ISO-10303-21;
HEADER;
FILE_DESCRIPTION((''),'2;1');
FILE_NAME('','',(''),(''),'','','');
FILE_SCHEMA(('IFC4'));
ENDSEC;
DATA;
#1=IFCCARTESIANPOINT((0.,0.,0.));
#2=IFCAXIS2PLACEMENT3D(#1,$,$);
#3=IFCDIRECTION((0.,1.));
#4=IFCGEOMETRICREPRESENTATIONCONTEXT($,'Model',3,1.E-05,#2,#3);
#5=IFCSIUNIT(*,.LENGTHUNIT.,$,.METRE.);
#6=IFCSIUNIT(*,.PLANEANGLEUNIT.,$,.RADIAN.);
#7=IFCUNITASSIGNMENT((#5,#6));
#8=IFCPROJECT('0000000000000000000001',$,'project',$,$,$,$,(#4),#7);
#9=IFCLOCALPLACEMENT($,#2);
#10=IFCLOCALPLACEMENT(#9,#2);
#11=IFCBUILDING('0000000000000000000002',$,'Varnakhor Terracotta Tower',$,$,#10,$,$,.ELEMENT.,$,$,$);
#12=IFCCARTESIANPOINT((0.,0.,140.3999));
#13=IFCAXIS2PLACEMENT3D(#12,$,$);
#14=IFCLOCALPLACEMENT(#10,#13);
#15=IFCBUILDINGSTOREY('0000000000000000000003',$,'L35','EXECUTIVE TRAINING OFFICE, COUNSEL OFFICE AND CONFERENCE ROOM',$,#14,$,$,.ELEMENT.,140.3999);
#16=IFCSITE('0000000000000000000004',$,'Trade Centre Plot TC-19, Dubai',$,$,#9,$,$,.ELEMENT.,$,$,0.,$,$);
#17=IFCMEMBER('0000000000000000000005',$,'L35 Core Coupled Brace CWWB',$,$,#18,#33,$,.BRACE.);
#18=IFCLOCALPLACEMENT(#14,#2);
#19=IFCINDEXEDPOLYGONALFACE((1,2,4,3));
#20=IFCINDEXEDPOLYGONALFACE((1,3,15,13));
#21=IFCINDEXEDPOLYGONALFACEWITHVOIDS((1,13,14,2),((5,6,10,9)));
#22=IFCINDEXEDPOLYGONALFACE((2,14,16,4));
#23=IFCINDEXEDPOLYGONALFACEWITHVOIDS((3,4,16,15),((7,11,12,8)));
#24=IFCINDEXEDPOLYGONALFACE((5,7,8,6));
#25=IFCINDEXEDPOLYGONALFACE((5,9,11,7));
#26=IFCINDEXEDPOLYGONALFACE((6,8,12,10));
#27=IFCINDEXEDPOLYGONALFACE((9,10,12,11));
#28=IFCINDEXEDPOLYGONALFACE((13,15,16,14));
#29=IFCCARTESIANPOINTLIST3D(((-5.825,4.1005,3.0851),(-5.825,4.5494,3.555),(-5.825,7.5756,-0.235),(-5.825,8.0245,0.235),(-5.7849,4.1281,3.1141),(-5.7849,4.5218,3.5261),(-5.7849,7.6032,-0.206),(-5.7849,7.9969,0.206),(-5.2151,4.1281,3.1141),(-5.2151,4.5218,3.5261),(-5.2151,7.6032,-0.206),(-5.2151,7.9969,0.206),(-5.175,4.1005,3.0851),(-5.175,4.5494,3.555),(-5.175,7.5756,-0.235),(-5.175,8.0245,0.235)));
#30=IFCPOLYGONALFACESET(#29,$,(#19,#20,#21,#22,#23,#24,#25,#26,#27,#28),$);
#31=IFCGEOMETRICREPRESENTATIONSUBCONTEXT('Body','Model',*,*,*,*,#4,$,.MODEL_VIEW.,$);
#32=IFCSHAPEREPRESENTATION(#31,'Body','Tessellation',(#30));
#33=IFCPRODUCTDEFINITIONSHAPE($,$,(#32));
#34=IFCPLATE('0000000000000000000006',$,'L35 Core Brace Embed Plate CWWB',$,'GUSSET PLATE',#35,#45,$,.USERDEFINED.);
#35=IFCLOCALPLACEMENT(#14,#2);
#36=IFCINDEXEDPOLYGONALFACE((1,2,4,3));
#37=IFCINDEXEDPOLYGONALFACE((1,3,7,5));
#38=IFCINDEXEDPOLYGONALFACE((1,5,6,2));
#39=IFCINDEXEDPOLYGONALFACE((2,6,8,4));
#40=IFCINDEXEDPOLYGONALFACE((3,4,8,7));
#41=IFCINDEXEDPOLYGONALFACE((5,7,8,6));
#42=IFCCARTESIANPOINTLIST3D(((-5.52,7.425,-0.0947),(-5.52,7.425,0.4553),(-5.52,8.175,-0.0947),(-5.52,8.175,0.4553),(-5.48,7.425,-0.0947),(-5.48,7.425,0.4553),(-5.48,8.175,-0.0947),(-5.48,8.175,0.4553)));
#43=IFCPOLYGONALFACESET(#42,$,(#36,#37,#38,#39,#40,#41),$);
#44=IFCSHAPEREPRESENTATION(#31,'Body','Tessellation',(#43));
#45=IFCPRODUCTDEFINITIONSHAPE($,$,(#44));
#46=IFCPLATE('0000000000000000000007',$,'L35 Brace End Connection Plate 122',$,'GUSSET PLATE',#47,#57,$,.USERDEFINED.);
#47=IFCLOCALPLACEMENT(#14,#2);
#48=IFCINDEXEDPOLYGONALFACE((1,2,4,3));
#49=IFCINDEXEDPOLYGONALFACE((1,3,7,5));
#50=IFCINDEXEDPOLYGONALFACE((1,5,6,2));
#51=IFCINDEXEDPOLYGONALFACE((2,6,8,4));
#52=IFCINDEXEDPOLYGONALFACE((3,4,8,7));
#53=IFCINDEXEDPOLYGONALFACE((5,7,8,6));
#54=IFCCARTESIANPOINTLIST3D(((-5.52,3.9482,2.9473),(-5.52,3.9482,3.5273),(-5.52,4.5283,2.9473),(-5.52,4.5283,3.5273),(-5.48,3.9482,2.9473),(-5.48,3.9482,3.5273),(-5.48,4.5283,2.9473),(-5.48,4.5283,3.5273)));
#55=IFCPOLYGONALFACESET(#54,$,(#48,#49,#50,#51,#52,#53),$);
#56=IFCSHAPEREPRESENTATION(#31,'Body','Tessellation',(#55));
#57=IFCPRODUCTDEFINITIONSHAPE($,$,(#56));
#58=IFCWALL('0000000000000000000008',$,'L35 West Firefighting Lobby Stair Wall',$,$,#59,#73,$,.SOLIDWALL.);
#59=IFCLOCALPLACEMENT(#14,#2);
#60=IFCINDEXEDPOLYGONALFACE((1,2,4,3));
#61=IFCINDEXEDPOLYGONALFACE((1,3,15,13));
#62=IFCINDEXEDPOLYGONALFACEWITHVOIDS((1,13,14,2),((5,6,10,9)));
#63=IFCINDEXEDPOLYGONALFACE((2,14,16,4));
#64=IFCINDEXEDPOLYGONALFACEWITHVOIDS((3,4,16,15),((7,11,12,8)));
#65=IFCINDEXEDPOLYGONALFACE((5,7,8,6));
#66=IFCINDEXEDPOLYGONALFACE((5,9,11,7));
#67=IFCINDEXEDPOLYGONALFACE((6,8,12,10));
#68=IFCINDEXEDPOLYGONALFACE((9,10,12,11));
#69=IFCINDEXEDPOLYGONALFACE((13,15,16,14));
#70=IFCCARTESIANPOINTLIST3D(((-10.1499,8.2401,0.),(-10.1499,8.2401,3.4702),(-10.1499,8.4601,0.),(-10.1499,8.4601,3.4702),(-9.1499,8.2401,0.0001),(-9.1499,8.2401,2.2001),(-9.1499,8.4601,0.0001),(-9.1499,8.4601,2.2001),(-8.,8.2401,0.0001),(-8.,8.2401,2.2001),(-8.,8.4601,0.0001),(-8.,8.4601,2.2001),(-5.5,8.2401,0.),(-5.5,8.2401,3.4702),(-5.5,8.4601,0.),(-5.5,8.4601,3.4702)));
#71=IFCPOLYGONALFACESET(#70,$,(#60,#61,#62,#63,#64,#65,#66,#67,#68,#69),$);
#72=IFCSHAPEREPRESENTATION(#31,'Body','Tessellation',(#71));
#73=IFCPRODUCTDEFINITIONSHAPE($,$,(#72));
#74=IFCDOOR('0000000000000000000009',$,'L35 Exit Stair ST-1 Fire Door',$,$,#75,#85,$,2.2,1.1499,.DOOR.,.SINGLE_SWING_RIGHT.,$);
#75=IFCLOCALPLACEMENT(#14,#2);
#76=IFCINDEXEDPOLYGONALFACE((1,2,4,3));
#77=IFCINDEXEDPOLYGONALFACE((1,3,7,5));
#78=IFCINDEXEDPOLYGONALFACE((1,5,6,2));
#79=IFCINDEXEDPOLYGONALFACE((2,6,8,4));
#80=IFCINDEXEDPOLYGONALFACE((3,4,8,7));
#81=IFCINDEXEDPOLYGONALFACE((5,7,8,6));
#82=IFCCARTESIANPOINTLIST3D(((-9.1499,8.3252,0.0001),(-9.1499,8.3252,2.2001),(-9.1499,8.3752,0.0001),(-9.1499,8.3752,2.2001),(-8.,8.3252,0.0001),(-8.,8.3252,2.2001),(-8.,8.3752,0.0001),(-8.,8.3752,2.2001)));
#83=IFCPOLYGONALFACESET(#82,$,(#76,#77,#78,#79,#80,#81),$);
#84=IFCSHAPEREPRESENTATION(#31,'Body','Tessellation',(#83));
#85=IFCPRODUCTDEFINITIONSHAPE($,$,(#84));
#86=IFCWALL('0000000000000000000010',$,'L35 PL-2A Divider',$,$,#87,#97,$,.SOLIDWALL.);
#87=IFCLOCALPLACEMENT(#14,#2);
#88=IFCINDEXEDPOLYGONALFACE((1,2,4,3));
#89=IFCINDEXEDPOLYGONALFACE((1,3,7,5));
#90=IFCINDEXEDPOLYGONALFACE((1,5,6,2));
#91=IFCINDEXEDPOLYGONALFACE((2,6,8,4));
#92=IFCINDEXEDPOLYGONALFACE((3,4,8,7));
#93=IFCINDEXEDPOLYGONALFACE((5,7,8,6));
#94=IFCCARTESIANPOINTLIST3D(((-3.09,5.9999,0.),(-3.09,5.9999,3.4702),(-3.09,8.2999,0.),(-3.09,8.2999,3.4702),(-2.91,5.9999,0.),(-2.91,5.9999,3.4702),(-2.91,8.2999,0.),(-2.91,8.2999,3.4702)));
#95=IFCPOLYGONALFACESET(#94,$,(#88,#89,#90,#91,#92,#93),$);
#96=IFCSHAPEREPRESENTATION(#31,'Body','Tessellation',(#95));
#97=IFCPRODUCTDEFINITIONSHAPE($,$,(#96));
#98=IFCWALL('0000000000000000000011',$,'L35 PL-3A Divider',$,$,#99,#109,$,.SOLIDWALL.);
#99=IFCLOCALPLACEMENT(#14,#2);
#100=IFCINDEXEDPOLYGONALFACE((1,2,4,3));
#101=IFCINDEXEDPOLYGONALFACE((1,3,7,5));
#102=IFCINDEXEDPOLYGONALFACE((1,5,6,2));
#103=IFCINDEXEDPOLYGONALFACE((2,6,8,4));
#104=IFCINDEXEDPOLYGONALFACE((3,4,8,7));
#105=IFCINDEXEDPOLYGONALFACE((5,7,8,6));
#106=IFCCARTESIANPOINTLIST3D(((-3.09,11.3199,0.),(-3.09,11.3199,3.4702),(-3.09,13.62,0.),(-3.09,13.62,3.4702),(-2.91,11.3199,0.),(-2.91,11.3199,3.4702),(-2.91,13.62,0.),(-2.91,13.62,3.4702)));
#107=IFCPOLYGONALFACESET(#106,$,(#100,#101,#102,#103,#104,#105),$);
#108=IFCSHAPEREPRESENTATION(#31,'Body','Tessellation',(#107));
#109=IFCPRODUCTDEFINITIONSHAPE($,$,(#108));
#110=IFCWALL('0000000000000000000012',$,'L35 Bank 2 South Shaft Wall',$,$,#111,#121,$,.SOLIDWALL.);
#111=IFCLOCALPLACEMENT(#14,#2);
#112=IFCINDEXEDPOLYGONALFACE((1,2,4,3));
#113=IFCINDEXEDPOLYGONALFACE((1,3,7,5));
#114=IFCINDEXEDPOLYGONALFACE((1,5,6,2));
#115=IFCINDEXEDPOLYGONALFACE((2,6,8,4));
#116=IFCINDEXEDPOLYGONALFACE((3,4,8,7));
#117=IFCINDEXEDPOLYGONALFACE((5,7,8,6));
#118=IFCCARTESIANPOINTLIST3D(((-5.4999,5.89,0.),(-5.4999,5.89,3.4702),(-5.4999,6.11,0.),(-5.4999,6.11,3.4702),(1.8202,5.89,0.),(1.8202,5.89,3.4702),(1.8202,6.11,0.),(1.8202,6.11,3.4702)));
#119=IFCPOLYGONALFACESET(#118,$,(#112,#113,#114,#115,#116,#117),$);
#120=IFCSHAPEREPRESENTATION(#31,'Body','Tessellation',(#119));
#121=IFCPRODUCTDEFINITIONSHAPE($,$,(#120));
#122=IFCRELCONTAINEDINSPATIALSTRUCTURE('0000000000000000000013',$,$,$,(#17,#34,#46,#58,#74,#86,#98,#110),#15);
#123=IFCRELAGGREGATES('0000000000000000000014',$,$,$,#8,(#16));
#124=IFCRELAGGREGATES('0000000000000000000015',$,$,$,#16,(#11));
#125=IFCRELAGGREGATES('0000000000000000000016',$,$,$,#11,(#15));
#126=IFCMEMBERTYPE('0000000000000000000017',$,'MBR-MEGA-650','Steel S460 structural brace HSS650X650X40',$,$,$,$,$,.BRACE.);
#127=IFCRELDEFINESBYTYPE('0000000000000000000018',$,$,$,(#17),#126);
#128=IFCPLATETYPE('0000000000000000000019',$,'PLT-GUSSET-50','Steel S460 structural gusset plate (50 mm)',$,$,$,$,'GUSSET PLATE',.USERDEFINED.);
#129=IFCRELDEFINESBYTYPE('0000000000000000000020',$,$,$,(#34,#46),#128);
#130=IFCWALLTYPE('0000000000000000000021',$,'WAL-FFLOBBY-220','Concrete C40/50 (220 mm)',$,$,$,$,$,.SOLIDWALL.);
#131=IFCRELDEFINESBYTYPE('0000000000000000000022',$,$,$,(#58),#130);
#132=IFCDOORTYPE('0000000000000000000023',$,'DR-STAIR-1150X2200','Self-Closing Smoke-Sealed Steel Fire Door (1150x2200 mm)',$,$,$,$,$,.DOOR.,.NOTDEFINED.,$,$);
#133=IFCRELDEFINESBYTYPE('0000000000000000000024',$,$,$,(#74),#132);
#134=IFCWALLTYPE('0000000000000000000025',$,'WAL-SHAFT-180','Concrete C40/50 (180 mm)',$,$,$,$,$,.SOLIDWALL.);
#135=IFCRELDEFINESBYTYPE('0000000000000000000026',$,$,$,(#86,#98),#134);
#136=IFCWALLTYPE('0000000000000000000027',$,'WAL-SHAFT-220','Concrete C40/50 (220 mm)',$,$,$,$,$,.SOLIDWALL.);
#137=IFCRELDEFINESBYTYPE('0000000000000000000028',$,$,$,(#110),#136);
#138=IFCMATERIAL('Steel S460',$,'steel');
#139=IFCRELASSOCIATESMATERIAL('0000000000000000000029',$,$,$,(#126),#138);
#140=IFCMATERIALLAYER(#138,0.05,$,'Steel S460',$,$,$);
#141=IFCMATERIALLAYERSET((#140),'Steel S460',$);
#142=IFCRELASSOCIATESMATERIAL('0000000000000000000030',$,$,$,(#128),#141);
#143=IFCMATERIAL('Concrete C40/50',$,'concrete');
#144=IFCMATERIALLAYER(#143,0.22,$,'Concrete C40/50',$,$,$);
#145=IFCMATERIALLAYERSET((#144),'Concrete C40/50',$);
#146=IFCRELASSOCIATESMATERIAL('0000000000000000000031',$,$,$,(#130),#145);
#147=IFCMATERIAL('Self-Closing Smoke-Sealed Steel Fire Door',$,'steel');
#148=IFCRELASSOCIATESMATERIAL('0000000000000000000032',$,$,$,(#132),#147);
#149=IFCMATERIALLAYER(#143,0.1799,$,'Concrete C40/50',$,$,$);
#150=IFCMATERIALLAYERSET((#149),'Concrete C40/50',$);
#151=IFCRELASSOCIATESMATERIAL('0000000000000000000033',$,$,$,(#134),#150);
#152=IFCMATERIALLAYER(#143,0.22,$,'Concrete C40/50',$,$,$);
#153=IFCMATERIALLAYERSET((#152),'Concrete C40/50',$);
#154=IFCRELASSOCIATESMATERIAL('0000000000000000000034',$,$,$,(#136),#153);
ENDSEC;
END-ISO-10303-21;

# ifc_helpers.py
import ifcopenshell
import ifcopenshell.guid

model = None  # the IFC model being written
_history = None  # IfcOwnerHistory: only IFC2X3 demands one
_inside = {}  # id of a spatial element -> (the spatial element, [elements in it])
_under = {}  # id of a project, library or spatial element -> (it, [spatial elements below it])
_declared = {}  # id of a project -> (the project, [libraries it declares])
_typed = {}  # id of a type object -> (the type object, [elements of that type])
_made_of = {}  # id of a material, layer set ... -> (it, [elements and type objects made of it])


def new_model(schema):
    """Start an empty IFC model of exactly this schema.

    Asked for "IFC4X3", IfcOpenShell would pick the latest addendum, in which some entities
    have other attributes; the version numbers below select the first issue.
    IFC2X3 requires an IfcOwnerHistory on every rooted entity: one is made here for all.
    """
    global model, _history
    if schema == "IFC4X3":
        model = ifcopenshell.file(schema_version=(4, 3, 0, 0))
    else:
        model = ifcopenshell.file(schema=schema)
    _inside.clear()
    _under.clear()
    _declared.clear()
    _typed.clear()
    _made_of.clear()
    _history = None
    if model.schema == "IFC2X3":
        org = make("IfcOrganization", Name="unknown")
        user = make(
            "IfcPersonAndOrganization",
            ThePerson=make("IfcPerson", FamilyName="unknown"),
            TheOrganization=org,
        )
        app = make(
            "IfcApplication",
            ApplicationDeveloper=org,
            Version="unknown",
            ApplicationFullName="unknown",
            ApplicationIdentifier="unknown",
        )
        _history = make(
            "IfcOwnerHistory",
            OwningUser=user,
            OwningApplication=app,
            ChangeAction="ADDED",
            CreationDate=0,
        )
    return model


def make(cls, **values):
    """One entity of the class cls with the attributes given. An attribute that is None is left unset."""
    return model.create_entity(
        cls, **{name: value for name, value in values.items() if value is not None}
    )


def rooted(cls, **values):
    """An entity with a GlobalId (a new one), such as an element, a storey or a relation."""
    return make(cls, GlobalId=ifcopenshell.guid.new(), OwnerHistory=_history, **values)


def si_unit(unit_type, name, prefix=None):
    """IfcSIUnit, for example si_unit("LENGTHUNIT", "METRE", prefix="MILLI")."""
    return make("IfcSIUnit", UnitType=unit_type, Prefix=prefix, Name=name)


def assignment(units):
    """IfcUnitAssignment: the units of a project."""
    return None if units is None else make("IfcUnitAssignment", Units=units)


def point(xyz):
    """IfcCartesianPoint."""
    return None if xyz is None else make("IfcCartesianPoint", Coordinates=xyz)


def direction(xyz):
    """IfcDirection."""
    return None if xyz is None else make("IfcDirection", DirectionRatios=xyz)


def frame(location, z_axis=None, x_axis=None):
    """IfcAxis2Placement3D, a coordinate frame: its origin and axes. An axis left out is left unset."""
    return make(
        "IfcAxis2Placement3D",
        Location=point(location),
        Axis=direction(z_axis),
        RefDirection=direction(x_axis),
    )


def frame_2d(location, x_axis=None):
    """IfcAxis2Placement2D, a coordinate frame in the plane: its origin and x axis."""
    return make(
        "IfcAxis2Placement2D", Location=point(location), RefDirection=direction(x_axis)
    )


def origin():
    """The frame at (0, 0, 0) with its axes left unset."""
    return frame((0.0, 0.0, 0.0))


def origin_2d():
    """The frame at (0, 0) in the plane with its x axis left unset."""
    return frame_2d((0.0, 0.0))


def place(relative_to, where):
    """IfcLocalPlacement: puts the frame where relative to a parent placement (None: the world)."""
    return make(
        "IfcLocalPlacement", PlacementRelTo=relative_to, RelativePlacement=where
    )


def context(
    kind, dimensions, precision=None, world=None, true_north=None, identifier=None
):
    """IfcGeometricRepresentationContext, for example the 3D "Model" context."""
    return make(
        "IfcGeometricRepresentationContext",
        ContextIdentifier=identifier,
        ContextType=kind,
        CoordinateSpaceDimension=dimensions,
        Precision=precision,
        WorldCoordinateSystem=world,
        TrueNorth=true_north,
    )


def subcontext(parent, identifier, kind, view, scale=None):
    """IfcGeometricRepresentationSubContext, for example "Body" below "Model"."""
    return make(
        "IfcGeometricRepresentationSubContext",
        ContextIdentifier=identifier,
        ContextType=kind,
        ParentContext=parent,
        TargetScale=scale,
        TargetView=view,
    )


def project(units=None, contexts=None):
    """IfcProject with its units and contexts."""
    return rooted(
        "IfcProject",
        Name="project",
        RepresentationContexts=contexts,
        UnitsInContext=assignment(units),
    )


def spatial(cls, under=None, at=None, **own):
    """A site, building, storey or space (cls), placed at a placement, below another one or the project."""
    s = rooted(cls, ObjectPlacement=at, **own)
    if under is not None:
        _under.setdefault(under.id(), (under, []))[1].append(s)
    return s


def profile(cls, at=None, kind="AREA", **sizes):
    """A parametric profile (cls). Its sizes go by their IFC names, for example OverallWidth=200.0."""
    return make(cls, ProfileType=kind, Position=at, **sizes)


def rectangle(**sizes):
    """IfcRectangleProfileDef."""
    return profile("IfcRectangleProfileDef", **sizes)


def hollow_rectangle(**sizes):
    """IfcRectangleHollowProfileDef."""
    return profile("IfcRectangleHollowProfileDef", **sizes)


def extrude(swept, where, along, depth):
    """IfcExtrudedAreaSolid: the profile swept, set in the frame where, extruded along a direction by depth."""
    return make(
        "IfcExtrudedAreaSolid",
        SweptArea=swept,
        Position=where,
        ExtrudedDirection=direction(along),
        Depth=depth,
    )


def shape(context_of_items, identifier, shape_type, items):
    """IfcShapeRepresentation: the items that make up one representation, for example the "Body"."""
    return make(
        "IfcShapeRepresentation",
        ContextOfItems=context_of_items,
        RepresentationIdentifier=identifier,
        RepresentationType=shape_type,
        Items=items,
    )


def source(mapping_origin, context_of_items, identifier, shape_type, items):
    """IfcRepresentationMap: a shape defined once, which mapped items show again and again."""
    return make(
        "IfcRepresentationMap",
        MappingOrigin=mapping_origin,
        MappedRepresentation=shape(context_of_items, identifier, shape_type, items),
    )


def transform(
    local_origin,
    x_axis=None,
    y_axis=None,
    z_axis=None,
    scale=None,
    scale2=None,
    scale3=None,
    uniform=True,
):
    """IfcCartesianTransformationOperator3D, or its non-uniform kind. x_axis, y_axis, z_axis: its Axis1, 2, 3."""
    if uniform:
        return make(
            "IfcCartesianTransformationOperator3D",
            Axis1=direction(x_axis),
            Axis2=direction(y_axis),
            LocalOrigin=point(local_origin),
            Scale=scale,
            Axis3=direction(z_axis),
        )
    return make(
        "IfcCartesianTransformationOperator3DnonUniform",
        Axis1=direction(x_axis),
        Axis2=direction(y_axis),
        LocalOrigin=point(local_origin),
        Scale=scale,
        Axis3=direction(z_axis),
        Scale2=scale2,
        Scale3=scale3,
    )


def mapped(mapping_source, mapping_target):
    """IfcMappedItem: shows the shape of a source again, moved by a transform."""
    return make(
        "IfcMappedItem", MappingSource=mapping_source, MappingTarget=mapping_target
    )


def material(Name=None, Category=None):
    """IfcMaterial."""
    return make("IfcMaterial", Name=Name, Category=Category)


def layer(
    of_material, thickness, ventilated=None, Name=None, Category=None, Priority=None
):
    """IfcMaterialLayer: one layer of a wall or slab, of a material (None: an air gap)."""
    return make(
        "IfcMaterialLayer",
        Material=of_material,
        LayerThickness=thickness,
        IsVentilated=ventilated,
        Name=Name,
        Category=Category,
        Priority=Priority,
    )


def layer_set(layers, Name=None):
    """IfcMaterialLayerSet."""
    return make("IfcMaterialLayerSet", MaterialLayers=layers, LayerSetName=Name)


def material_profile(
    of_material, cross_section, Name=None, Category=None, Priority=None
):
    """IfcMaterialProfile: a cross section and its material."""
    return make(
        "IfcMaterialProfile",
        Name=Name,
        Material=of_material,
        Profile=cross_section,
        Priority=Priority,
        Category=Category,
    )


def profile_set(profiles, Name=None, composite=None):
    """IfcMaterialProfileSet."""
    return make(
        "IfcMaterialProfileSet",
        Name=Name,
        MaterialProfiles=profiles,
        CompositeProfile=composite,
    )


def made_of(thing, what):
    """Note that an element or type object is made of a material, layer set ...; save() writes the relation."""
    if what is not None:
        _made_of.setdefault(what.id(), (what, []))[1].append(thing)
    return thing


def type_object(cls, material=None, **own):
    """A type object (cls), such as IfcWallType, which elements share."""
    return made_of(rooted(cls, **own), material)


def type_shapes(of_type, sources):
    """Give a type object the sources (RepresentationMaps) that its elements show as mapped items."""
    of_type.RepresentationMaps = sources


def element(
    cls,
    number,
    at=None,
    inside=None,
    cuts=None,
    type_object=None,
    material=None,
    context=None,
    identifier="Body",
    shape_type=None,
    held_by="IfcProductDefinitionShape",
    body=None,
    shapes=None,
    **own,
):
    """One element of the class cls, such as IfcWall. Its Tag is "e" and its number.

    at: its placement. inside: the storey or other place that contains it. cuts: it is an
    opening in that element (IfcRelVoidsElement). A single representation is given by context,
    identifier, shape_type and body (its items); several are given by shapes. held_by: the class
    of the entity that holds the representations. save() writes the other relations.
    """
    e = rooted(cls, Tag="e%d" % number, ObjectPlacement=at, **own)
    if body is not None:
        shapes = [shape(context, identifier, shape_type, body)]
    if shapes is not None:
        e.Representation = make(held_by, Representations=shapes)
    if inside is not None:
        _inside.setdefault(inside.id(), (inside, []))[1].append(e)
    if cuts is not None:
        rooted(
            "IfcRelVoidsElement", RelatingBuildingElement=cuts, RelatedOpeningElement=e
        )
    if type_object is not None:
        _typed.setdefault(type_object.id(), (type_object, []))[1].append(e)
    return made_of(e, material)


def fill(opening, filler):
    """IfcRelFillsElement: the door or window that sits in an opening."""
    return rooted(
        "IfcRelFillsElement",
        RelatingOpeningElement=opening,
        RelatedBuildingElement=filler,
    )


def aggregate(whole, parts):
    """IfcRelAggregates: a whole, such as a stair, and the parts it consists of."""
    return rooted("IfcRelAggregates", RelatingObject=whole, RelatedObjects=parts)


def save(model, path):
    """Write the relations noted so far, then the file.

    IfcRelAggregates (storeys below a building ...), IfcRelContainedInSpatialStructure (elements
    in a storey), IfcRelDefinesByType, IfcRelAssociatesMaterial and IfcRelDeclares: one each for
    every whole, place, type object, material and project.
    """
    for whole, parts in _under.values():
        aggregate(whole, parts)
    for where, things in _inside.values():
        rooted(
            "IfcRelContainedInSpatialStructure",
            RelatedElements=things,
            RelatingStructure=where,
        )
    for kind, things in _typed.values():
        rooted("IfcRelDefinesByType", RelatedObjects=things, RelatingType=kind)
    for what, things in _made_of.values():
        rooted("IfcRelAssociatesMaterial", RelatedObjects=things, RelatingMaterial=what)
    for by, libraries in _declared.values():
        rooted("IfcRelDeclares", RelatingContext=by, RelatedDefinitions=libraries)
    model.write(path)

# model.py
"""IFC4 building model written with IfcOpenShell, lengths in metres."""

from ifc_helpers import new_model, si_unit, direction, frame, frame_2d, origin, origin_2d, place, context, subcontext, project, spatial, rectangle, hollow_rectangle, extrude, source, transform, mapped, material, layer, layer_set, material_profile, profile_set, type_object, type_shapes, element, fill, save


model = new_model("IFC4")

# Units and contexts
model_context = context("Model", 3, precision=1e-05, world=origin(), true_north=direction((0.0, 1.0)))
body_context = subcontext(model_context, "Body", "Model", "MODEL_VIEW")
ifc_project = project(units=[si_unit("LENGTHUNIT", "METRE"), si_unit("PLANEANGLEUNIT", "RADIAN")], contexts=[model_context])

# Site, building, storey
site_placement = place(None, origin())
site = spatial("IfcSite", under=ifc_project, at=site_placement, Name="Trade Centre Plot TC-19, Dubai", CompositionType="ELEMENT", RefElevation=0.0)
building_placement = place(site_placement, origin())
building = spatial("IfcBuilding", under=site, at=building_placement, Name="Varnakhor Terracotta Tower", CompositionType="ELEMENT")
storey_placement = place(building_placement, frame((0.0, 0.0, 140.3999)))
storey = spatial("IfcBuildingStorey", under=building, at=storey_placement, Name="L35", Description="EXECUTIVE TRAINING OFFICE, COUNSEL OFFICE AND CONFERENCE ROOM", CompositionType="ELEMENT", Elevation=140.3999)

# Member
ifc_material_1 = material(Name="Steel S460", Category="steel")
ifc_material_profile = material_profile(ifc_material_1, hollow_rectangle(XDim=0.6499, YDim=0.6499, WallThickness=0.04, at=origin_2d()), Name="HSS650X650X40")
ifc_profile_set = profile_set([ifc_material_profile], Name="Steel S460")
member_type = type_object("IfcMemberType", Name="MBR-MEGA-650", Description="Steel S460 structural brace HSS650X650X40", PredefinedType="BRACE", material=ifc_profile_set)
shared_shape_1 = source(origin(), body_context, "Body", "SweptSolid", [
    extrude(hollow_rectangle(XDim=0.6499, YDim=0.6499, WallThickness=0.04, at=origin_2d()), origin(), (0.0, 0.0, 1.0), 4.8062),
])
member_placement = place(storey_placement, frame((-5.5, 7.8, 0.0), z_axis=(0.0, -0.723051, 0.690795), x_axis=(1.0, 0.0, 0.0)))
element("IfcMember", 1, at=member_placement, inside=storey, type_object=member_type, Name="L35 Core Coupled Brace CWWB", PredefinedType="BRACE", context=body_context, shape_type="MappedRepresentation", body=[
    mapped(shared_shape_1, transform((0.0, 0.0, 0.0), scale=1.0)),
])

# Plates
ifc_layer_1 = layer(ifc_material_1, 0.05, Name="Steel S460")
ifc_layer_set_1 = layer_set([ifc_layer_1], Name="Steel S460")
plate_type = type_object("IfcPlateType", Name="PLT-GUSSET-50", Description="Steel S460 structural gusset plate (50 mm)", ElementType="GUSSET PLATE", PredefinedType="USERDEFINED", material=ifc_layer_set_1)
shared_shape_2 = source(origin(), body_context, "Body", "SweptSolid", [
    extrude(rectangle(XDim=0.75, YDim=0.04, at=origin_2d()), origin(), (0.0, 0.0, 1.0), 0.55),
])
type_shapes(plate_type, [shared_shape_2])
plate_1_placement = place(storey_placement, frame((-5.5, 7.8, -0.0947), z_axis=(0.0, 0.0, 1.0), x_axis=(0.0, 1.0, 0.0)))
element("IfcPlate", 2, at=plate_1_placement, inside=storey, type_object=plate_type, Name="L35 Core Brace Embed Plate CWWB", ObjectType="GUSSET PLATE", PredefinedType="USERDEFINED", context=body_context, shape_type="MappedRepresentation", body=[
    mapped(shared_shape_2, transform((0.0, 0.0, 0.0), scale=1.0)),
])
shared_shape_3 = source(origin(), body_context, "Body", "SweptSolid", [
    extrude(rectangle(XDim=0.5801, YDim=0.04, at=origin_2d()), origin(), (0.0, 0.0, 1.0), 0.5801),
])
plate_2_placement = place(storey_placement, frame((-5.5, 4.2383, 2.9473), z_axis=(0.0, 0.0, 1.0), x_axis=(0.0, 1.0, 0.0)))
element("IfcPlate", 3, at=plate_2_placement, inside=storey, type_object=plate_type, Name="L35 Brace End Connection Plate 122", ObjectType="GUSSET PLATE", PredefinedType="USERDEFINED", context=body_context, shape_type="MappedRepresentation", body=[
    mapped(shared_shape_3, transform((0.0, 0.0, 0.0), scale=1.0)),
])

# Wall, opening, door
ifc_material_2 = material(Name="Concrete C40/50", Category="concrete")
ifc_layer_2 = layer(ifc_material_2, 0.22, Name="Concrete C40/50")
ifc_layer_set_2 = layer_set([ifc_layer_2], Name="Concrete C40/50")
wall_type_1 = type_object("IfcWallType", Name="WAL-FFLOBBY-220", Description="Concrete C40/50 (220 mm)", PredefinedType="SOLIDWALL", material=ifc_layer_set_2)
wall_1_placement = place(storey_placement, frame((-5.5, 8.3501, 0.0), z_axis=(0.0, 0.0, 1.0), x_axis=(-1.0, 0.0, 0.0)))
wall_1 = element("IfcWall", 4, at=wall_1_placement, inside=storey, type_object=wall_type_1, Name="L35 West Firefighting Lobby Stair Wall", PredefinedType="SOLIDWALL", context=body_context, shape_type="SweptSolid", body=[
    extrude(rectangle(XDim=4.6499, YDim=0.22, at=frame_2d((2.325, 0.0))), origin(), (0.0, 0.0, 1.0), 3.4702),
])
opening_1_placement = place(wall_1_placement, frame((2.5, 0.0, 0.0)))
opening_1 = element("IfcOpeningElement", 5, at=opening_1_placement, cuts=wall_1, PredefinedType="OPENING", context=body_context, shape_type="SweptSolid", body=[
    extrude(rectangle(XDim=1.1499, YDim=2.2, at=frame_2d((0.575, 1.1001))), frame((0.0, 0.1201, 0.0), z_axis=(0.0, -1.0, 0.0), x_axis=(1.0, 0.0, 0.0)), (0.0, 0.0, 1.0), 0.24),
])
ifc_material_3 = material(Name="Self-Closing Smoke-Sealed Steel Fire Door", Category="steel")
door_type_1 = type_object("IfcDoorType", Name="DR-STAIR-1150X2200", Description="Self-Closing Smoke-Sealed Steel Fire Door (1150x2200 mm)", OperationType="NOTDEFINED", PredefinedType="DOOR", material=ifc_material_3)
shared_shape_4 = source(origin(), body_context, "Body", "SweptSolid", [
    extrude(rectangle(XDim=1.1499, YDim=2.2, at=frame_2d((0.575, 1.1001))), frame((0.0, 0.0249, 0.0), z_axis=(0.0, -1.0, 0.0), x_axis=(1.0, 0.0, 0.0)), (0.0, 0.0, 1.0), 0.05),
])
type_shapes(door_type_1, [shared_shape_4])
door_1_placement = place(opening_1_placement, origin())
door_1 = element("IfcDoor", 6, at=door_1_placement, inside=storey, type_object=door_type_1, Name="L35 Exit Stair ST-1 Fire Door", OperationType="SINGLE_SWING_RIGHT", OverallHeight=2.2, OverallWidth=1.1499, PredefinedType="DOOR", context=body_context, shape_type="MappedRepresentation", body=[
    mapped(shared_shape_4, transform((0.0, 0.0, 0.0), scale=1.0)),
])
fill(opening_1, door_1)

# Walls
ifc_layer_3 = layer(ifc_material_2, 0.1799, Name="Concrete C40/50")
ifc_layer_set_3 = layer_set([ifc_layer_3], Name="Concrete C40/50")
wall_type_2 = type_object("IfcWallType", Name="WAL-SHAFT-180", Description="Concrete C40/50 (180 mm)", PredefinedType="SOLIDWALL", material=ifc_layer_set_3)
for number, where, z_axis, x_axis, name in (
    (7, (-3.0, 6.0, 0.0), (0.0, 0.0, 1.0), (0.0, 1.0, 0.0), "L35 PL-2A Divider"),
    (8, (-3.0, 11.3201, 0.0), (0.0, 0.0, 1.0), (0.0, 1.0, 0.0), "L35 PL-3A Divider"),
):
    element("IfcWall", number, at=place(storey_placement, frame(where, z_axis=z_axis, x_axis=x_axis)), inside=storey, type_object=wall_type_2, Name=name, PredefinedType="SOLIDWALL", context=body_context, shape_type="SweptSolid", body=[
        extrude(rectangle(XDim=2.3, YDim=0.1799, at=frame_2d((1.1499, 0.0))), origin(), (0.0, 0.0, 1.0), 3.4702),
    ])
ifc_layer_4 = layer(ifc_material_2, 0.22, Name="Concrete C40/50")
ifc_layer_set_4 = layer_set([ifc_layer_4], Name="Concrete C40/50")
wall_type_3 = type_object("IfcWallType", Name="WAL-SHAFT-220", Description="Concrete C40/50 (220 mm)", PredefinedType="SOLIDWALL", material=ifc_layer_set_4)
wall_2_placement = place(storey_placement, frame((-5.5, 6.0, 0.0), z_axis=(0.0, 0.0, 1.0), x_axis=(1.0, 0.0, 0.0)))
element("IfcWall", 9, at=wall_2_placement, inside=storey, type_object=wall_type_3, Name="L35 Bank 2 South Shaft Wall", PredefinedType="SOLIDWALL", context=body_context, shape_type="SweptSolid", body=[
    extrude(rectangle(XDim=7.3201, YDim=0.22, at=frame_2d((3.6602, 0.0))), origin(), (0.0, 0.0, 1.0), 3.4702),
])

save(model, "model.ifc")
